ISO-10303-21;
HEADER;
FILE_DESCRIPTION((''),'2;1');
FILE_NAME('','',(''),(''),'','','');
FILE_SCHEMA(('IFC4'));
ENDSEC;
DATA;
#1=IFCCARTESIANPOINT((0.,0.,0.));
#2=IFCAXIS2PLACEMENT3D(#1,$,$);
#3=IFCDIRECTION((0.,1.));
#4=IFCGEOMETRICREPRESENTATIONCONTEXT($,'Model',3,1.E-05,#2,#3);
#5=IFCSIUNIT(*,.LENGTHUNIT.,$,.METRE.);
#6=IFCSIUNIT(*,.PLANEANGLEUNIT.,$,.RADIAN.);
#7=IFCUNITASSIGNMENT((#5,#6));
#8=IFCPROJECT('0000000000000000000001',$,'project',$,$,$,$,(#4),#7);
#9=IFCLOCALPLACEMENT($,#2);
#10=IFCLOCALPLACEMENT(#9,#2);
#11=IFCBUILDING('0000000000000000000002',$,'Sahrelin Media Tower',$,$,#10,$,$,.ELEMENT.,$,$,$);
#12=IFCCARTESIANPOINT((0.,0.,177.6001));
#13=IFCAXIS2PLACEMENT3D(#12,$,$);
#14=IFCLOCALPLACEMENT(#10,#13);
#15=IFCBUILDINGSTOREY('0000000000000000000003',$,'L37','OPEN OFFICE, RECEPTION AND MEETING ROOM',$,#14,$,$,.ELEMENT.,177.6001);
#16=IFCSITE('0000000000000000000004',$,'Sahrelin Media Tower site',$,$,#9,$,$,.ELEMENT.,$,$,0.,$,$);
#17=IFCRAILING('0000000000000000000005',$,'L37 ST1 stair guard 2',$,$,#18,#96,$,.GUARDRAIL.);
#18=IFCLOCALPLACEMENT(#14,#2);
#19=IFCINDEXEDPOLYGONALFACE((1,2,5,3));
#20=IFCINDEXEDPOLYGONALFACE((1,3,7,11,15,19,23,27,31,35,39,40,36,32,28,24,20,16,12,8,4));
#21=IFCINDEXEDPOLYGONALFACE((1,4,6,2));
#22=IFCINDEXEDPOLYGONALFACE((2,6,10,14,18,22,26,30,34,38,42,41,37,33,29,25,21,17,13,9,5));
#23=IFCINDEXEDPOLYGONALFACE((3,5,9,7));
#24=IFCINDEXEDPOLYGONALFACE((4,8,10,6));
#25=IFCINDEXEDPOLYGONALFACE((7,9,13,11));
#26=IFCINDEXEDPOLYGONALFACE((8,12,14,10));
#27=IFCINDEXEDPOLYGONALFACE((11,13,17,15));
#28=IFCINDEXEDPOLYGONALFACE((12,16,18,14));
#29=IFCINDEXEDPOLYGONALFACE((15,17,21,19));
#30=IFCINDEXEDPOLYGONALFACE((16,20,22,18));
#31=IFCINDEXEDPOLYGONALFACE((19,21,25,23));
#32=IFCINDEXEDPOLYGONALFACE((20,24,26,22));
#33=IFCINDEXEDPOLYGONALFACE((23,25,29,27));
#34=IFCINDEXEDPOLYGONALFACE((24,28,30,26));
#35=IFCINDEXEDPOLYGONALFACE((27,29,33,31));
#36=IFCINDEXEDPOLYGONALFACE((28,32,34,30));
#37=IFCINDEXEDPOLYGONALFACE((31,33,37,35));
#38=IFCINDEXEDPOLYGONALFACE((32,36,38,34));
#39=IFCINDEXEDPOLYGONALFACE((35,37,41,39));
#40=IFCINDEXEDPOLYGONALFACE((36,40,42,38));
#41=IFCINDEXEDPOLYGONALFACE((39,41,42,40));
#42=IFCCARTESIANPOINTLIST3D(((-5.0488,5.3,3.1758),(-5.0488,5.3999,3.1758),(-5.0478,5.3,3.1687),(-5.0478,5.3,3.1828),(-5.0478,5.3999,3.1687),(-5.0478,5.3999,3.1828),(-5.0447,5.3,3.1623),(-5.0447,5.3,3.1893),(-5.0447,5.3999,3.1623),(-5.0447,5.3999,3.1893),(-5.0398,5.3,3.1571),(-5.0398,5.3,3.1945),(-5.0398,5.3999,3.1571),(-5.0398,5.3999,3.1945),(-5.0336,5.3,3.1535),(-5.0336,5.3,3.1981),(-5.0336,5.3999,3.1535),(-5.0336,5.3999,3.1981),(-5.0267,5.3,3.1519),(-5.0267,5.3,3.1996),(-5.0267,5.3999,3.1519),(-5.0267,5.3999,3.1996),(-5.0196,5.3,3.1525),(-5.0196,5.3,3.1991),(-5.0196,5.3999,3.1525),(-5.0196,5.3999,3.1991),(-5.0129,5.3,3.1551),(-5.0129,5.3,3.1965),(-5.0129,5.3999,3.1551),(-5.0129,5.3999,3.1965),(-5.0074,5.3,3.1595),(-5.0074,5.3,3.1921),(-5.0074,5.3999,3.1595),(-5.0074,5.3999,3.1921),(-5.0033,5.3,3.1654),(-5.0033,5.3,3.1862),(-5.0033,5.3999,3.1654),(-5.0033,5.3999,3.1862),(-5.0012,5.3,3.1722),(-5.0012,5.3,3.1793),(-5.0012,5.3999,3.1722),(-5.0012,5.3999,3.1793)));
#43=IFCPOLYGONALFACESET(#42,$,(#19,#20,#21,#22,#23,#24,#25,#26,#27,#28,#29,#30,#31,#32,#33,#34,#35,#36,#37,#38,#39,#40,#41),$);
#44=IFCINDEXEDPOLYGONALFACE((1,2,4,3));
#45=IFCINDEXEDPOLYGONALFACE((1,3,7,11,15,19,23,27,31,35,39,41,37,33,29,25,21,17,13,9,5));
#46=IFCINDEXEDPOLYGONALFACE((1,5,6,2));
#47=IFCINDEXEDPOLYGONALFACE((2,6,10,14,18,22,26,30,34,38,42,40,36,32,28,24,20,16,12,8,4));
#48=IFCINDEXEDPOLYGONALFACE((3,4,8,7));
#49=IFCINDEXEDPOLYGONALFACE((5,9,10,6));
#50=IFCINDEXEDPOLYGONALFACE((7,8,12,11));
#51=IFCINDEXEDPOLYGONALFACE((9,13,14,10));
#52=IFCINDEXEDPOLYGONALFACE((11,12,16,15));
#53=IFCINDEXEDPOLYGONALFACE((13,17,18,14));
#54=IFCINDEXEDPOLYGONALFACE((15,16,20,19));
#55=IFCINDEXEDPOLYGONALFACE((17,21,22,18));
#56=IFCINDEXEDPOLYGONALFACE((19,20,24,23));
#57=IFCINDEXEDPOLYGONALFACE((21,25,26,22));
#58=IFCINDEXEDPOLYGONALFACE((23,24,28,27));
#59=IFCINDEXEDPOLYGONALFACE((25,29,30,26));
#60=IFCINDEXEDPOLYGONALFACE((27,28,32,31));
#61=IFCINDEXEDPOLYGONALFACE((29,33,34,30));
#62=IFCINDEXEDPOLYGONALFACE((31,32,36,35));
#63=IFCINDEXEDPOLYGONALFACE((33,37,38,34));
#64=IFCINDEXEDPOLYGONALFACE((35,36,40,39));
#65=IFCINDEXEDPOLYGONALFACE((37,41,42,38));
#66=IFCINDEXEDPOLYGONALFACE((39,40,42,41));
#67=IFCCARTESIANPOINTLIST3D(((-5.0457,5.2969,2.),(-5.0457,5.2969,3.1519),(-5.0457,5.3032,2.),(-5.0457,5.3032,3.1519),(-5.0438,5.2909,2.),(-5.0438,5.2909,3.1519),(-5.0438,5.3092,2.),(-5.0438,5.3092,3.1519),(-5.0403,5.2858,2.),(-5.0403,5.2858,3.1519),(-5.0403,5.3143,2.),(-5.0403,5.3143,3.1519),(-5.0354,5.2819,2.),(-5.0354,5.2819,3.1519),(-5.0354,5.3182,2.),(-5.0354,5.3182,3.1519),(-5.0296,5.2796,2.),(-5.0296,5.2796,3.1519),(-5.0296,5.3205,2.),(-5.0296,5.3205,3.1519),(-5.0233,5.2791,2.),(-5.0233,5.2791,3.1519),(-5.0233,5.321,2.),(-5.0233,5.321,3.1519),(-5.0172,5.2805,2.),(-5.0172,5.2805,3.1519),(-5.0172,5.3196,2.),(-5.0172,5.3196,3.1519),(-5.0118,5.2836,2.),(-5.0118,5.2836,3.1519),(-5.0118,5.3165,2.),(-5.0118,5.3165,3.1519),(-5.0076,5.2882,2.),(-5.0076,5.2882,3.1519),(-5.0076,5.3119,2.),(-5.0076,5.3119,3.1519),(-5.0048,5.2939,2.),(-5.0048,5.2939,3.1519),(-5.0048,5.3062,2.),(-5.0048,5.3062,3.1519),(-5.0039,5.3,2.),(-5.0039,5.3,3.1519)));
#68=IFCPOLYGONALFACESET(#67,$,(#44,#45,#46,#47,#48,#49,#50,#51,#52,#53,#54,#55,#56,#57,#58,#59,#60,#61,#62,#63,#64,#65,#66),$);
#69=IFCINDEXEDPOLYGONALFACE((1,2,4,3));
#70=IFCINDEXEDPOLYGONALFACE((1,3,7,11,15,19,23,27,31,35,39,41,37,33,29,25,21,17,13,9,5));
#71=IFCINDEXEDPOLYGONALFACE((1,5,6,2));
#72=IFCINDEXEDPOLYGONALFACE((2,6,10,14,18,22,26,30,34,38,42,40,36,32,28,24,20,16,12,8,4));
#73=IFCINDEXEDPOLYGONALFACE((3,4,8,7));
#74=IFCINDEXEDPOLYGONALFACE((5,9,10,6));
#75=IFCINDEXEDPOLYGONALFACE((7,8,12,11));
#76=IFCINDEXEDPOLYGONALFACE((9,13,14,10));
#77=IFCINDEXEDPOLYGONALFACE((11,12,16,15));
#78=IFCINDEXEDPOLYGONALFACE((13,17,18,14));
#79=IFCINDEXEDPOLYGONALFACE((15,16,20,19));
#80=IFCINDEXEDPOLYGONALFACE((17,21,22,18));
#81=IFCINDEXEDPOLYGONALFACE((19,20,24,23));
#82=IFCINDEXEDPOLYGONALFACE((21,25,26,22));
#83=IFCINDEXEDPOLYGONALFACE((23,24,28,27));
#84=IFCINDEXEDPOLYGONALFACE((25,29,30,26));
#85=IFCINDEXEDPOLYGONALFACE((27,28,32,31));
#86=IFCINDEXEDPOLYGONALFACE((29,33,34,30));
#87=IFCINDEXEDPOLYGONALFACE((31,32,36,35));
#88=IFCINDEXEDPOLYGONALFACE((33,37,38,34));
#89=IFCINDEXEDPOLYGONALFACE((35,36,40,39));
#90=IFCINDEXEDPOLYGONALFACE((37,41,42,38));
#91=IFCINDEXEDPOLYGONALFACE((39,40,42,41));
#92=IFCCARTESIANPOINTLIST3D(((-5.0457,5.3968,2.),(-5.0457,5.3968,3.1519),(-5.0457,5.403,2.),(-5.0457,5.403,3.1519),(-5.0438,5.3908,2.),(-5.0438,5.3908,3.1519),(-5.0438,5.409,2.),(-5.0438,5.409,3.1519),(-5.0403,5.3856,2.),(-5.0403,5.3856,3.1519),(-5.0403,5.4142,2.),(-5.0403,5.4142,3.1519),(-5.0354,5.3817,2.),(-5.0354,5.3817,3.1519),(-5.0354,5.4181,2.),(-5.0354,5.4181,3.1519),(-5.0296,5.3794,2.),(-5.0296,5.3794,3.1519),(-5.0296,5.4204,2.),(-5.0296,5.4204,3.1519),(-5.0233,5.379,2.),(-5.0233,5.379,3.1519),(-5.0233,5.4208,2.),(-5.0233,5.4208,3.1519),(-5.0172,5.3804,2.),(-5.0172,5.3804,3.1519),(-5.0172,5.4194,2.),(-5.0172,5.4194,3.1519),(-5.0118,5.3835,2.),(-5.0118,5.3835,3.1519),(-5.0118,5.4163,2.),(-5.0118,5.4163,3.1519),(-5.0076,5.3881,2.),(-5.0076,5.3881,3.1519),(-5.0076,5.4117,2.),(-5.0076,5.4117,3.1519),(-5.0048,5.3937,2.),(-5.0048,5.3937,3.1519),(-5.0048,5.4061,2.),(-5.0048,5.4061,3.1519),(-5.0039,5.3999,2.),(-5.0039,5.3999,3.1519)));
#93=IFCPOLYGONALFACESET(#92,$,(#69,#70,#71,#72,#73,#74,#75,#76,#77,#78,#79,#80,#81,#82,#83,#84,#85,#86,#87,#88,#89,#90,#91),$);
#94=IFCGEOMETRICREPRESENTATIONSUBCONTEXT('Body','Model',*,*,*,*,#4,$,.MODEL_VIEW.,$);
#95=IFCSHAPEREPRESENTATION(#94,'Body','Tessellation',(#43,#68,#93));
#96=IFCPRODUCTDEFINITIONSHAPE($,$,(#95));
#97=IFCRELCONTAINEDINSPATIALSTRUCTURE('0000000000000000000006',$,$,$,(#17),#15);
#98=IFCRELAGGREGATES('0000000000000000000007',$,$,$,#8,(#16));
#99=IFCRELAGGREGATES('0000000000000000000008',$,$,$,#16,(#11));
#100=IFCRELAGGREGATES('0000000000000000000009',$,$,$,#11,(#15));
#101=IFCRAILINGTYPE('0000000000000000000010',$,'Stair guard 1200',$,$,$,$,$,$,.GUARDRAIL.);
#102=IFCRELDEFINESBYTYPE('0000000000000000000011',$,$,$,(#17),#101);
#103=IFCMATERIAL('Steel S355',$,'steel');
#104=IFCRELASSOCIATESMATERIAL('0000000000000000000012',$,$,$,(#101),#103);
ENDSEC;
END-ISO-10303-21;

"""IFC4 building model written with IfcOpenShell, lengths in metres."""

from ifc_helpers import new_model, si_unit, direction, frame, origin, origin_2d, place, context, subcontext, project, spatial, circle, extrude, material, type_object, element, save


model = new_model("IFC4")

# Units and contexts
model_context = context("Model", 3, precision=1e-05, world=origin(), true_north=direction((0.0, 1.0)))
body_context = subcontext(model_context, "Body", "Model", "MODEL_VIEW")
ifc_project = project(units=[si_unit("LENGTHUNIT", "METRE"), si_unit("PLANEANGLEUNIT", "RADIAN")], contexts=[model_context])

# Site, building, storey
site_placement = place(None, origin())
site = spatial("IfcSite", under=ifc_project, at=site_placement, Name="Sahrelin Media Tower site", CompositionType="ELEMENT", RefElevation=0.0)
building_placement = place(site_placement, origin())
building = spatial("IfcBuilding", under=site, at=building_placement, Name="Sahrelin Media Tower", CompositionType="ELEMENT")
storey_placement = place(building_placement, frame((0.0, 0.0, 177.6001)))
storey = spatial("IfcBuildingStorey", under=building, at=storey_placement, Name="L37", Description="OPEN OFFICE, RECEPTION AND MEETING ROOM", CompositionType="ELEMENT", Elevation=177.6001)

# Shared definitions
ifc_material_1 = material(Name="Steel S355", Category="steel")

# Railing
railing_type_1 = type_object("IfcRailingType", Name="Stair guard 1200", PredefinedType="GUARDRAIL", material=ifc_material_1)
railing_1_placement = place(storey_placement, frame((-5.0249, 5.3, 2.0)))
element("IfcRailing", 1, at=railing_1_placement, inside=storey, type_object=railing_type_1, Name="L37 ST1 stair guard 2", PredefinedType="GUARDRAIL", context=body_context, shape_type="SweptSolid", body=[
    extrude(circle(Radius=0.0239, at=origin_2d()), frame((0.0, 0.0, 1.1758), z_axis=(0.0, 1.0, 0.0), x_axis=(-1.0, 0.0, 0.0)), (0.0, 0.0, 1.0), 0.0999),
    extrude(circle(Radius=0.021, at=origin_2d()), origin(), (0.0, 0.0, 1.0), 1.1519),
    extrude(circle(Radius=0.021, at=origin_2d()), frame((0.0, 0.0999, 0.0)), (0.0, 0.0, 1.0), 1.1519),
])

save(model, "model.ifc")
